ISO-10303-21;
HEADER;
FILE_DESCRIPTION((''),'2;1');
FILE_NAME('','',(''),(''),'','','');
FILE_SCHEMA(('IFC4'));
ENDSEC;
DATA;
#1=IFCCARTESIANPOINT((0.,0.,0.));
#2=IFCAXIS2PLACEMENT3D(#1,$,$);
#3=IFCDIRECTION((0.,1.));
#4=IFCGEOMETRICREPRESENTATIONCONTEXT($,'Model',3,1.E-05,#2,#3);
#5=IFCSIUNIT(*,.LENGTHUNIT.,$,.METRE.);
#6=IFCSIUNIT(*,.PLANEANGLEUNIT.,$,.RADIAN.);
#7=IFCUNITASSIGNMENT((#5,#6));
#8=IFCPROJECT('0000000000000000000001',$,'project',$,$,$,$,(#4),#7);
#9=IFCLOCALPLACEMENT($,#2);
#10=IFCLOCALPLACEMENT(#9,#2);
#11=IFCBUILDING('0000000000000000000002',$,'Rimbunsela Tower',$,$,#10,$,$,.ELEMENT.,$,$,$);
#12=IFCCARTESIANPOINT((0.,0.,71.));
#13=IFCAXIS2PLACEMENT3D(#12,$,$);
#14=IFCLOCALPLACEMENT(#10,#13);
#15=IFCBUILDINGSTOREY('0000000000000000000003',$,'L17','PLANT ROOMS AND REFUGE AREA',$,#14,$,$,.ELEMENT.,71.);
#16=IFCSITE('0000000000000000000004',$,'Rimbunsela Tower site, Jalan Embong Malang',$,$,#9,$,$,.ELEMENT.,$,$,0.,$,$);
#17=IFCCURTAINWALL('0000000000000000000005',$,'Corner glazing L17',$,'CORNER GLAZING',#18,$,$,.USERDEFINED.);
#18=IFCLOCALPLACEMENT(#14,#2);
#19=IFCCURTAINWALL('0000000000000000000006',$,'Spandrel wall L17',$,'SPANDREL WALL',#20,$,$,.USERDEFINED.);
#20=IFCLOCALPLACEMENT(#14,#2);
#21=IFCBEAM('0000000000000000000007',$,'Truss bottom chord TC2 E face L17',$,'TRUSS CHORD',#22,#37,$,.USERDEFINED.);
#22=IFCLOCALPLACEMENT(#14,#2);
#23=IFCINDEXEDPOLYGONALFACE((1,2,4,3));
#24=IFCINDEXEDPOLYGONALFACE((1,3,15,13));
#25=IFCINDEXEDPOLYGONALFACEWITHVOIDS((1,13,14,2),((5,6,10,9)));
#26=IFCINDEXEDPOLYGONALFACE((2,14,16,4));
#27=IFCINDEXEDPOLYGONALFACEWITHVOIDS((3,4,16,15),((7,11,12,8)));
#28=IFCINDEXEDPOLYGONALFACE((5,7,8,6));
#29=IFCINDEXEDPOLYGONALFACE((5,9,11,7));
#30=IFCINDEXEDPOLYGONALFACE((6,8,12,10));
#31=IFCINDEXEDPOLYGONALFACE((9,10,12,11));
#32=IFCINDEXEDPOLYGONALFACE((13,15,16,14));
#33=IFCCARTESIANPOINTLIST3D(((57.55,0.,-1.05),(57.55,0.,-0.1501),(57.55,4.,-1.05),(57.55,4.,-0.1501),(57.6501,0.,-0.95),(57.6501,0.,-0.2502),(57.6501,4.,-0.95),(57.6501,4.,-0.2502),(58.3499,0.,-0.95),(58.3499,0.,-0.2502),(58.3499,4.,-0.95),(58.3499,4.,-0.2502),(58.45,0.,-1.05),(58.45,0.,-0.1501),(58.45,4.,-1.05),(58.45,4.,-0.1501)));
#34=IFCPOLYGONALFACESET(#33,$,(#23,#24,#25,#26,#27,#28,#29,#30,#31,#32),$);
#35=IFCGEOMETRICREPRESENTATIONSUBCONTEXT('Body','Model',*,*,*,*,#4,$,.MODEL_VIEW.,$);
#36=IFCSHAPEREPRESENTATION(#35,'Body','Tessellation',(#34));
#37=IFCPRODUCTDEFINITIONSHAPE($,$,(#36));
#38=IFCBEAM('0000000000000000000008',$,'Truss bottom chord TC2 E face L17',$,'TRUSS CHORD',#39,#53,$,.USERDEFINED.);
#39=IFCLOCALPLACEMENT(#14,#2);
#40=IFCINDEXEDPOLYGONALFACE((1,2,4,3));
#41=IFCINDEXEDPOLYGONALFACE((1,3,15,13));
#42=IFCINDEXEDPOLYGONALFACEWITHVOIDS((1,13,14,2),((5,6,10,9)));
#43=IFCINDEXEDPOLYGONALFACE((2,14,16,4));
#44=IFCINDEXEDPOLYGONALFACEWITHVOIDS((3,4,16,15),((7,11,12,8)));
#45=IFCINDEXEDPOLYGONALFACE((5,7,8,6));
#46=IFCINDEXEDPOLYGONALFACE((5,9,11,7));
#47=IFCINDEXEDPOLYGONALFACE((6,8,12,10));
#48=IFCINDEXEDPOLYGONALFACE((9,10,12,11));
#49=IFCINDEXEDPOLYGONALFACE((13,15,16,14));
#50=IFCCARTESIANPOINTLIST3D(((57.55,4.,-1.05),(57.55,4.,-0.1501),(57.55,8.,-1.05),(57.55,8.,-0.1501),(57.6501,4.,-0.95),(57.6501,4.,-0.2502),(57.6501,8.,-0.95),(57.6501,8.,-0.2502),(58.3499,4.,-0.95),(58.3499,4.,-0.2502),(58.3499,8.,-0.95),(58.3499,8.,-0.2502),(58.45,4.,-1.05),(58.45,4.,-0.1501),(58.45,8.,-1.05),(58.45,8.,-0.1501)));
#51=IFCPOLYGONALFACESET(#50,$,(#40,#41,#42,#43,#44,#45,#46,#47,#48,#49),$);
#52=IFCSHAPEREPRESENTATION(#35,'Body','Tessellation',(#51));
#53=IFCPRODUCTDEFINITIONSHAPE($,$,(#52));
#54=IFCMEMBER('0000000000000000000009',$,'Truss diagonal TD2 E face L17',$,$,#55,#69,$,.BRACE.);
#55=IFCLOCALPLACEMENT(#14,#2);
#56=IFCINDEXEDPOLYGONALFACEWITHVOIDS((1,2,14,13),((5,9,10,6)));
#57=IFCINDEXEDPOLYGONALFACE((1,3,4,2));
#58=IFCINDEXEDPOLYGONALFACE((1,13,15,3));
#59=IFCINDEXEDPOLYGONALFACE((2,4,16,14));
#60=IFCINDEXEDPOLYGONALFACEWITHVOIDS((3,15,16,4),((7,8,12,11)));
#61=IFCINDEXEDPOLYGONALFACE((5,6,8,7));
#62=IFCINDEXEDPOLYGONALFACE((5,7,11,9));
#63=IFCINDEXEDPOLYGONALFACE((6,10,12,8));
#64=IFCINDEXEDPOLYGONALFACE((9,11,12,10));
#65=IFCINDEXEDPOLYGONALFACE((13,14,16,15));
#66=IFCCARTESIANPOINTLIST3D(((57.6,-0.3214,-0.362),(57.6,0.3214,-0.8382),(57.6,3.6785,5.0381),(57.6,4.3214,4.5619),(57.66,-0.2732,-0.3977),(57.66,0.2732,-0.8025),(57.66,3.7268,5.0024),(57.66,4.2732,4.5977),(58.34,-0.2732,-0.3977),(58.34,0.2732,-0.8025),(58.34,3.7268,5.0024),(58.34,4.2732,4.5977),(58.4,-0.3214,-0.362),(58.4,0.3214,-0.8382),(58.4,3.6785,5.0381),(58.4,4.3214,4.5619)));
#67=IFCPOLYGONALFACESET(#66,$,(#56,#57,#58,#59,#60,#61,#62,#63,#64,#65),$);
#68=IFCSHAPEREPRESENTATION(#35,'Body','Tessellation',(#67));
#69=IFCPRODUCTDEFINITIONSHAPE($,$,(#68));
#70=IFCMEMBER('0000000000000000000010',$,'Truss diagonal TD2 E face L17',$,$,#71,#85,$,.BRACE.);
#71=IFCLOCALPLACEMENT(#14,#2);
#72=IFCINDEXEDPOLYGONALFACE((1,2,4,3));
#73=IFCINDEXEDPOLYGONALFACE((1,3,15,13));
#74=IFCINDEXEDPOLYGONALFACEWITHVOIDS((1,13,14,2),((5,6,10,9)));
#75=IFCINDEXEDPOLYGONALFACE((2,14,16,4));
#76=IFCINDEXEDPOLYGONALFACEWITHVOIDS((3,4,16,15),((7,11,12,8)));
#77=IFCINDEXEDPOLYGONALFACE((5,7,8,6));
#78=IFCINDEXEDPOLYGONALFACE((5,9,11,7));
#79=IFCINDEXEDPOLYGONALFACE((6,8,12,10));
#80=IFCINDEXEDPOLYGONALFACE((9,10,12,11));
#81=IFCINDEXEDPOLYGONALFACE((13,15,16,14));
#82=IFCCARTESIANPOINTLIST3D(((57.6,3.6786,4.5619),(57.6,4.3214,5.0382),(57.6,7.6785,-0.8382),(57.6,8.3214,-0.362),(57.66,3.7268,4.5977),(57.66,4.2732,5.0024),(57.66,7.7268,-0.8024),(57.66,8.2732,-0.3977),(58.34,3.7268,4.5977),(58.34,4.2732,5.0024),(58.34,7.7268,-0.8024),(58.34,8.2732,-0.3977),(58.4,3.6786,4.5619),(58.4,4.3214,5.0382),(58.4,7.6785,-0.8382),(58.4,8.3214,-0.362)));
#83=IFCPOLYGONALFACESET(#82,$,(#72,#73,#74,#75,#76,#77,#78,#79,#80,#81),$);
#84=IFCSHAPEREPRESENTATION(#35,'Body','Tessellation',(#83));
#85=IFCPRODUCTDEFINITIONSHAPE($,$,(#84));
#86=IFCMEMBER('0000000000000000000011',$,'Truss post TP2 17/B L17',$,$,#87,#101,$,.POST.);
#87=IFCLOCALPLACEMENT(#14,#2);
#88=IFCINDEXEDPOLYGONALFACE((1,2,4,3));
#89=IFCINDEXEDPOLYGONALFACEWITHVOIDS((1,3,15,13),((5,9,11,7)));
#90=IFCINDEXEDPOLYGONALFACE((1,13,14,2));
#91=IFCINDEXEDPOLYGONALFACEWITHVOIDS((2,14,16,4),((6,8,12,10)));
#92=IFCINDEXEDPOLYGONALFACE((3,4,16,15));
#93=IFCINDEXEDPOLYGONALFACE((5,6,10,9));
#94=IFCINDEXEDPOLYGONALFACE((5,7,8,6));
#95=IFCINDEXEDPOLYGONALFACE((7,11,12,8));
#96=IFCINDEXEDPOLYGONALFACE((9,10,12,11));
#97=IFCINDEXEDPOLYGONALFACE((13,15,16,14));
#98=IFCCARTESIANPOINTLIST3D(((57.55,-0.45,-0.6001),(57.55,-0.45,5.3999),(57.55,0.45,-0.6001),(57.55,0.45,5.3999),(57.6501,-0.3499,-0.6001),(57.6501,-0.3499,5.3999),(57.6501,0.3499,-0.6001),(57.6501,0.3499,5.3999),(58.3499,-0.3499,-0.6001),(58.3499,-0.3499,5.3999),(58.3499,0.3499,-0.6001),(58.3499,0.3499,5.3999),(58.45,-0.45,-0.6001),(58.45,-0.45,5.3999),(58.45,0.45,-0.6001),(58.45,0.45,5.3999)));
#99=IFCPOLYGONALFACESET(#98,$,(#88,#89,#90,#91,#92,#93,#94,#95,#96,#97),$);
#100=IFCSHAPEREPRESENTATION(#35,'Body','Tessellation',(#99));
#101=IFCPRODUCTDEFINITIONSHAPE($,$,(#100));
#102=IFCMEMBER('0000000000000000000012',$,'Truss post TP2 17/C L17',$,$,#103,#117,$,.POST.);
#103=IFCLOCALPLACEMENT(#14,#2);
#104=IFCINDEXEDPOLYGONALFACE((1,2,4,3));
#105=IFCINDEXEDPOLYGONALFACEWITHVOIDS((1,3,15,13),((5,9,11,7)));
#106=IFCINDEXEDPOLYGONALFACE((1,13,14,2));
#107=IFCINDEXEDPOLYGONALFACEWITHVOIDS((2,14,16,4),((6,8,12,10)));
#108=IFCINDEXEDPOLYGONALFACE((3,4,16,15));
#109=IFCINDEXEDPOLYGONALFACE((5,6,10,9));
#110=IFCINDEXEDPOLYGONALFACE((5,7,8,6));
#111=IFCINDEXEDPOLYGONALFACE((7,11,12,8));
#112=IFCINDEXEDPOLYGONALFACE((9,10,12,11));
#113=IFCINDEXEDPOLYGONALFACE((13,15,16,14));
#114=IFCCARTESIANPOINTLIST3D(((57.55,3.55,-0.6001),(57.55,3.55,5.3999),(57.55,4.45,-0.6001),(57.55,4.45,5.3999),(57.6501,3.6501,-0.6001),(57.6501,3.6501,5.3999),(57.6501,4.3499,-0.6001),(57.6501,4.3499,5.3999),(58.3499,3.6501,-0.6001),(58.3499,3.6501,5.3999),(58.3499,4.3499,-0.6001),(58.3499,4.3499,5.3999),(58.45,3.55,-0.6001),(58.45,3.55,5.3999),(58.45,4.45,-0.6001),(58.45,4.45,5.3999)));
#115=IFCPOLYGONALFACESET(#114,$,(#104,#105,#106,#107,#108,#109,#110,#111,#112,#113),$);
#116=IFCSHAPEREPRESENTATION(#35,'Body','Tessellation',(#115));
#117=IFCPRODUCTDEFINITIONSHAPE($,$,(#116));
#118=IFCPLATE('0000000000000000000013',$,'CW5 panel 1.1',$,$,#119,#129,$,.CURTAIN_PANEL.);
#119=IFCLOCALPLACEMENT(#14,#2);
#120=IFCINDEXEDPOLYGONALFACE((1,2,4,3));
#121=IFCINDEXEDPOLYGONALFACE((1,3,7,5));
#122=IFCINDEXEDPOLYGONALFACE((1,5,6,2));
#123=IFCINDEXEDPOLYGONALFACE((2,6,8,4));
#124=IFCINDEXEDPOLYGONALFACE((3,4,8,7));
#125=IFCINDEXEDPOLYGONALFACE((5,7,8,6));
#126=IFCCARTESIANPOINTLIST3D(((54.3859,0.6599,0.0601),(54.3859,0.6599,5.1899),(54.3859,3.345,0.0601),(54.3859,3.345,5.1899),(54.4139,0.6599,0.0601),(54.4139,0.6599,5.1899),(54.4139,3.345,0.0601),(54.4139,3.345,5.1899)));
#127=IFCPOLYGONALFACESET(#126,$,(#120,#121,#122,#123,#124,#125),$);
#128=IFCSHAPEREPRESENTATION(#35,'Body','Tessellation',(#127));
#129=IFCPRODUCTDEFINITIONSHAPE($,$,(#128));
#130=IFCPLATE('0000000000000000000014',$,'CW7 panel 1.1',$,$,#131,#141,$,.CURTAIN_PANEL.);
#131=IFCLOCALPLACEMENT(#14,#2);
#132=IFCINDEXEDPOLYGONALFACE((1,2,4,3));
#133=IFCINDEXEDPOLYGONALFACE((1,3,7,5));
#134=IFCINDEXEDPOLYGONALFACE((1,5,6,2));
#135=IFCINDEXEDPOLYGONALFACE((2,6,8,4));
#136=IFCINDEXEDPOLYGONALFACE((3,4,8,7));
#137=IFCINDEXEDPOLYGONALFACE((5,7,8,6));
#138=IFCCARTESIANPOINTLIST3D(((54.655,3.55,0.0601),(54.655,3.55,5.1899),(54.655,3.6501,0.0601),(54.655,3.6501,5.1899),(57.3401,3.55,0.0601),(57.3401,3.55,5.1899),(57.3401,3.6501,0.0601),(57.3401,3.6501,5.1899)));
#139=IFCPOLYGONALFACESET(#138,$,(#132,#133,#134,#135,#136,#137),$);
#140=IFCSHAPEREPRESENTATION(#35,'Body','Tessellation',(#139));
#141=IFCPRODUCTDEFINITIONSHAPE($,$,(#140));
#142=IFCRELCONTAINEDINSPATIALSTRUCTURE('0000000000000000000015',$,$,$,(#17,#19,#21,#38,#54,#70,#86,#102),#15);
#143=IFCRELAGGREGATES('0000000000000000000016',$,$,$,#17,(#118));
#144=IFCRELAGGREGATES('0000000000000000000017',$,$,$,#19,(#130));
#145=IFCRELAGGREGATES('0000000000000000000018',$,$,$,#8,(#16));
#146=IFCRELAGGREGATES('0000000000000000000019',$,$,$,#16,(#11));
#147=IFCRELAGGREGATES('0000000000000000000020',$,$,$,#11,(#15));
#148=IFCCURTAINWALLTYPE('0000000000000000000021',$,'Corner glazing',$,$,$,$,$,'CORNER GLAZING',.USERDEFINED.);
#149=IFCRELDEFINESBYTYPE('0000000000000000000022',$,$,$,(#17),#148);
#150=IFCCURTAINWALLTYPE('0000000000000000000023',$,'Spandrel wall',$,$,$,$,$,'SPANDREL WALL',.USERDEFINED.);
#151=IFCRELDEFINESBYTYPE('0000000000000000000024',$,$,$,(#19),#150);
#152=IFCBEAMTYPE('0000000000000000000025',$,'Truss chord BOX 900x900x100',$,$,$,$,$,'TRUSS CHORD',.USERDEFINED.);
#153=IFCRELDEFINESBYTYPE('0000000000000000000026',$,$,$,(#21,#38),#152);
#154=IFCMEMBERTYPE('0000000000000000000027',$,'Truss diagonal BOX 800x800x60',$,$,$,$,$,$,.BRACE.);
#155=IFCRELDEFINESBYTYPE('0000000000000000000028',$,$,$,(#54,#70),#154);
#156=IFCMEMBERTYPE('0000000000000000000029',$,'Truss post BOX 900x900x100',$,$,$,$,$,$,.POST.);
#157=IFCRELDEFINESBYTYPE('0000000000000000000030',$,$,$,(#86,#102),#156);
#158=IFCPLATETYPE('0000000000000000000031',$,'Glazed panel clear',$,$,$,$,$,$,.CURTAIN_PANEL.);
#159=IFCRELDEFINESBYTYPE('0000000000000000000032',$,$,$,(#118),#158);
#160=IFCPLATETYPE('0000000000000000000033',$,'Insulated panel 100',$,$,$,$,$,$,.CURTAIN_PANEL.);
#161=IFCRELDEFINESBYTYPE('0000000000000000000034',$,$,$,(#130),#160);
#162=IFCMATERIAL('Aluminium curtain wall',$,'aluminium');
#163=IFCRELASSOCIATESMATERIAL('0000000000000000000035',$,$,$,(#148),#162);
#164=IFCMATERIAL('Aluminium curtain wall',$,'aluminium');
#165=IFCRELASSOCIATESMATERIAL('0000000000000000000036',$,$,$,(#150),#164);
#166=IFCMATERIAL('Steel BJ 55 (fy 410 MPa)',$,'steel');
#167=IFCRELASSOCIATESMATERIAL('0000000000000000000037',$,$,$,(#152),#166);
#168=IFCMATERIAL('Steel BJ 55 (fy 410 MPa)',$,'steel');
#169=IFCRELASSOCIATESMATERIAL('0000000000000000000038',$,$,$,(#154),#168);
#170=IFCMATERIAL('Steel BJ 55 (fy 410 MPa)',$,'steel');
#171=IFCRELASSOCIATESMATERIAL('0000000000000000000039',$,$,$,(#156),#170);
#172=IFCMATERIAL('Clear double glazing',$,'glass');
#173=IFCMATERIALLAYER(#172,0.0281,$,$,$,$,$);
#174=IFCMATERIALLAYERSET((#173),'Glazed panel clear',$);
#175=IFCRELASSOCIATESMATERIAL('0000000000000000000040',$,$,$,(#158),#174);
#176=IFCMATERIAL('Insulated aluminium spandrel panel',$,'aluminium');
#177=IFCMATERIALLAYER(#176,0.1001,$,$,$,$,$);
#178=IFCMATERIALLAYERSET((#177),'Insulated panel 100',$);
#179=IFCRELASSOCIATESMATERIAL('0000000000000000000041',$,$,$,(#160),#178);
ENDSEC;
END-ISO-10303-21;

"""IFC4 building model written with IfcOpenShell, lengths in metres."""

from ifc_helpers import new_model, si_unit, direction, frame, origin, origin_2d, place, context, subcontext, project, spatial, rectangle, hollow_rectangle, extrude, material, layer, layer_set, material_profile, profile_set, type_object, element, aggregate, save


model = new_model("IFC4")

# Units and contexts
model_context = context("Model", 3, precision=1e-05, world=origin(), true_north=direction((0.0, 1.0)))
body_context = subcontext(model_context, "Body", "Model", "MODEL_VIEW")
ifc_project = project(units=[si_unit("LENGTHUNIT", "METRE"), si_unit("PLANEANGLEUNIT", "RADIAN")], contexts=[model_context])

# Site, building, storey
site_placement = place(None, origin())
site = spatial("IfcSite", under=ifc_project, at=site_placement, Name="Rimbunsela Tower site, Jalan Embong Malang", CompositionType="ELEMENT", RefElevation=0.0)
building_placement = place(site_placement, origin())
building = spatial("IfcBuilding", under=site, at=building_placement, Name="Rimbunsela Tower", CompositionType="ELEMENT")
storey_placement = place(building_placement, frame((0.0, 0.0, 71.0)))
storey = spatial("IfcBuildingStorey", under=building, at=storey_placement, Name="L17", Description="PLANT ROOMS AND REFUGE AREA", CompositionType="ELEMENT", Elevation=71.0)

# Curtain walls
ifc_material_1 = material(Name="Aluminium curtain wall", Category="aluminium")
curtain_wall_type_1 = type_object("IfcCurtainWallType", Name="Corner glazing", ElementType="CORNER GLAZING", PredefinedType="USERDEFINED", material=ifc_material_1)
curtain_wall_1_placement = place(storey_placement, origin())
curtain_wall_1 = element("IfcCurtainWall", 1, at=curtain_wall_1_placement, inside=storey, type_object=curtain_wall_type_1, Name="Corner glazing L17", ObjectType="CORNER GLAZING", PredefinedType="USERDEFINED")
ifc_material_2 = material(Name="Aluminium curtain wall", Category="aluminium")
curtain_wall_type_2 = type_object("IfcCurtainWallType", Name="Spandrel wall", ElementType="SPANDREL WALL", PredefinedType="USERDEFINED", material=ifc_material_2)
curtain_wall_2_placement = place(storey_placement, origin())
curtain_wall_2 = element("IfcCurtainWall", 2, at=curtain_wall_2_placement, inside=storey, type_object=curtain_wall_type_2, Name="Spandrel wall L17", ObjectType="SPANDREL WALL", PredefinedType="USERDEFINED")

# Beams
ifc_material_3 = material(Name="Steel BJ 55 (fy 410 MPa)", Category="steel")
ifc_material_profile_1 = material_profile(ifc_material_3, hollow_rectangle(XDim=0.8999, YDim=0.8999, WallThickness=0.1001, at=origin_2d()), Name="BOX 900x900x100")
ifc_profile_set_1 = profile_set([ifc_material_profile_1], Name="Steel BJ 55 (fy 410 MPa)")
beam_type = type_object("IfcBeamType", Name="Truss chord BOX 900x900x100", ElementType="TRUSS CHORD", PredefinedType="USERDEFINED", material=ifc_profile_set_1)
for number, where, z_axis, x_axis, name in (
    (3, (58.0, 0.0, -0.6001), (0.0, 1.0, 0.0), (-1.0, 0.0, 0.0), "Truss bottom chord TC2 E face L17"),
    (4, (58.0, 4.0, -0.6001), (0.0, 1.0, 0.0), (-1.0, 0.0, 0.0), "Truss bottom chord TC2 E face L17"),
):
    element("IfcBeam", number, at=place(storey_placement, frame(where, z_axis=z_axis, x_axis=x_axis)), inside=storey, type_object=beam_type, Name=name, ObjectType="TRUSS CHORD", PredefinedType="USERDEFINED", context=body_context, shape_type="SweptSolid", body=[
        extrude(hollow_rectangle(XDim=0.8999, YDim=0.8999, WallThickness=0.1001, at=origin_2d()), origin(), (0.0, 0.0, 1.0), 4.0),
    ])

# Members
ifc_material_4 = material(Name="Steel BJ 55 (fy 410 MPa)", Category="steel")
ifc_material_profile_2 = material_profile(ifc_material_4, hollow_rectangle(XDim=0.8, YDim=0.8, WallThickness=0.0601, at=origin_2d()), Name="BOX 800x800x60")
ifc_profile_set_2 = profile_set([ifc_material_profile_2], Name="Steel BJ 55 (fy 410 MPa)")
member_type_1 = type_object("IfcMemberType", Name="Truss diagonal BOX 800x800x60", PredefinedType="BRACE", material=ifc_profile_set_2)
for number, where, z_axis, x_axis, name in (
    (5, (58.0, 0.0, -0.6001), (0.0, 0.595217, 0.803565), (-1.0, 0.0, 0.0), "Truss diagonal TD2 E face L17"),
    (6, (58.0, 4.0, 4.8), (0.0, 0.595217, -0.803565), (-1.0, 0.0, 0.0), "Truss diagonal TD2 E face L17"),
):
    element("IfcMember", number, at=place(storey_placement, frame(where, z_axis=z_axis, x_axis=x_axis)), inside=storey, type_object=member_type_1, Name=name, PredefinedType="BRACE", context=body_context, shape_type="SweptSolid", body=[
        extrude(hollow_rectangle(XDim=0.8, YDim=0.8, WallThickness=0.0601, at=origin_2d()), origin(), (0.0, 0.0, 1.0), 6.7202),
    ])
ifc_material_5 = material(Name="Steel BJ 55 (fy 410 MPa)", Category="steel")
ifc_material_profile_3 = material_profile(ifc_material_5, hollow_rectangle(XDim=0.8999, YDim=0.8999, WallThickness=0.1001, at=origin_2d()), Name="BOX 900x900x100")
ifc_profile_set_3 = profile_set([ifc_material_profile_3], Name="Steel BJ 55 (fy 410 MPa)")
member_type_2 = type_object("IfcMemberType", Name="Truss post BOX 900x900x100", PredefinedType="POST", material=ifc_profile_set_3)
for number, where, z_axis, x_axis, name in (
    (7, (58.0, 0.0, -0.6001), (0.0, 0.0, 1.0), (1.0, 0.0, 0.0), "Truss post TP2 17/B L17"),
    (8, (58.0, 4.0, -0.6001), (0.0, 0.0, 1.0), (1.0, 0.0, 0.0), "Truss post TP2 17/C L17"),
):
    element("IfcMember", number, at=place(storey_placement, frame(where, z_axis=z_axis, x_axis=x_axis)), inside=storey, type_object=member_type_2, Name=name, PredefinedType="POST", context=body_context, shape_type="SweptSolid", body=[
        extrude(hollow_rectangle(XDim=0.8999, YDim=0.8999, WallThickness=0.1001, at=origin_2d()), origin(), (0.0, 0.0, 1.0), 6.0),
    ])

# Plates
ifc_material_6 = material(Name="Clear double glazing", Category="glass")
ifc_layer_1 = layer(ifc_material_6, 0.0281)
ifc_layer_set_1 = layer_set([ifc_layer_1], Name="Glazed panel clear")
plate_type_1 = type_object("IfcPlateType", Name="Glazed panel clear", PredefinedType="CURTAIN_PANEL", material=ifc_layer_set_1)
plate_1_placement = place(storey_placement, frame((54.3999, 2.0024, 0.0601), z_axis=(0.0, 0.0, 1.0), x_axis=(0.0, 1.0, 0.0)))
plate_1 = element("IfcPlate", 9, at=plate_1_placement, type_object=plate_type_1, Name="CW5 panel 1.1", PredefinedType="CURTAIN_PANEL", context=body_context, shape_type="SweptSolid", body=[
    extrude(rectangle(XDim=2.6851, YDim=0.0281, at=origin_2d()), origin(), (0.0, 0.0, 1.0), 5.1299),
])
aggregate(curtain_wall_1, [plate_1])
ifc_material_7 = material(Name="Insulated aluminium spandrel panel", Category="aluminium")
ifc_layer_2 = layer(ifc_material_7, 0.1001)
ifc_layer_set_2 = layer_set([ifc_layer_2], Name="Insulated panel 100")
plate_type_2 = type_object("IfcPlateType", Name="Insulated panel 100", PredefinedType="CURTAIN_PANEL", material=ifc_layer_set_2)
plate_2_placement = place(storey_placement, frame((55.9976, 3.6001, 0.0601), z_axis=(0.0, 0.0, 1.0), x_axis=(1.0, 0.0, 0.0)))
plate_2 = element("IfcPlate", 10, at=plate_2_placement, type_object=plate_type_2, Name="CW7 panel 1.1", PredefinedType="CURTAIN_PANEL", context=body_context, shape_type="SweptSolid", body=[
    extrude(rectangle(XDim=2.6851, YDim=0.1001, at=origin_2d()), origin(), (0.0, 0.0, 1.0), 5.1299),
])
aggregate(curtain_wall_2, [plate_2])

save(model, "model.ifc")
